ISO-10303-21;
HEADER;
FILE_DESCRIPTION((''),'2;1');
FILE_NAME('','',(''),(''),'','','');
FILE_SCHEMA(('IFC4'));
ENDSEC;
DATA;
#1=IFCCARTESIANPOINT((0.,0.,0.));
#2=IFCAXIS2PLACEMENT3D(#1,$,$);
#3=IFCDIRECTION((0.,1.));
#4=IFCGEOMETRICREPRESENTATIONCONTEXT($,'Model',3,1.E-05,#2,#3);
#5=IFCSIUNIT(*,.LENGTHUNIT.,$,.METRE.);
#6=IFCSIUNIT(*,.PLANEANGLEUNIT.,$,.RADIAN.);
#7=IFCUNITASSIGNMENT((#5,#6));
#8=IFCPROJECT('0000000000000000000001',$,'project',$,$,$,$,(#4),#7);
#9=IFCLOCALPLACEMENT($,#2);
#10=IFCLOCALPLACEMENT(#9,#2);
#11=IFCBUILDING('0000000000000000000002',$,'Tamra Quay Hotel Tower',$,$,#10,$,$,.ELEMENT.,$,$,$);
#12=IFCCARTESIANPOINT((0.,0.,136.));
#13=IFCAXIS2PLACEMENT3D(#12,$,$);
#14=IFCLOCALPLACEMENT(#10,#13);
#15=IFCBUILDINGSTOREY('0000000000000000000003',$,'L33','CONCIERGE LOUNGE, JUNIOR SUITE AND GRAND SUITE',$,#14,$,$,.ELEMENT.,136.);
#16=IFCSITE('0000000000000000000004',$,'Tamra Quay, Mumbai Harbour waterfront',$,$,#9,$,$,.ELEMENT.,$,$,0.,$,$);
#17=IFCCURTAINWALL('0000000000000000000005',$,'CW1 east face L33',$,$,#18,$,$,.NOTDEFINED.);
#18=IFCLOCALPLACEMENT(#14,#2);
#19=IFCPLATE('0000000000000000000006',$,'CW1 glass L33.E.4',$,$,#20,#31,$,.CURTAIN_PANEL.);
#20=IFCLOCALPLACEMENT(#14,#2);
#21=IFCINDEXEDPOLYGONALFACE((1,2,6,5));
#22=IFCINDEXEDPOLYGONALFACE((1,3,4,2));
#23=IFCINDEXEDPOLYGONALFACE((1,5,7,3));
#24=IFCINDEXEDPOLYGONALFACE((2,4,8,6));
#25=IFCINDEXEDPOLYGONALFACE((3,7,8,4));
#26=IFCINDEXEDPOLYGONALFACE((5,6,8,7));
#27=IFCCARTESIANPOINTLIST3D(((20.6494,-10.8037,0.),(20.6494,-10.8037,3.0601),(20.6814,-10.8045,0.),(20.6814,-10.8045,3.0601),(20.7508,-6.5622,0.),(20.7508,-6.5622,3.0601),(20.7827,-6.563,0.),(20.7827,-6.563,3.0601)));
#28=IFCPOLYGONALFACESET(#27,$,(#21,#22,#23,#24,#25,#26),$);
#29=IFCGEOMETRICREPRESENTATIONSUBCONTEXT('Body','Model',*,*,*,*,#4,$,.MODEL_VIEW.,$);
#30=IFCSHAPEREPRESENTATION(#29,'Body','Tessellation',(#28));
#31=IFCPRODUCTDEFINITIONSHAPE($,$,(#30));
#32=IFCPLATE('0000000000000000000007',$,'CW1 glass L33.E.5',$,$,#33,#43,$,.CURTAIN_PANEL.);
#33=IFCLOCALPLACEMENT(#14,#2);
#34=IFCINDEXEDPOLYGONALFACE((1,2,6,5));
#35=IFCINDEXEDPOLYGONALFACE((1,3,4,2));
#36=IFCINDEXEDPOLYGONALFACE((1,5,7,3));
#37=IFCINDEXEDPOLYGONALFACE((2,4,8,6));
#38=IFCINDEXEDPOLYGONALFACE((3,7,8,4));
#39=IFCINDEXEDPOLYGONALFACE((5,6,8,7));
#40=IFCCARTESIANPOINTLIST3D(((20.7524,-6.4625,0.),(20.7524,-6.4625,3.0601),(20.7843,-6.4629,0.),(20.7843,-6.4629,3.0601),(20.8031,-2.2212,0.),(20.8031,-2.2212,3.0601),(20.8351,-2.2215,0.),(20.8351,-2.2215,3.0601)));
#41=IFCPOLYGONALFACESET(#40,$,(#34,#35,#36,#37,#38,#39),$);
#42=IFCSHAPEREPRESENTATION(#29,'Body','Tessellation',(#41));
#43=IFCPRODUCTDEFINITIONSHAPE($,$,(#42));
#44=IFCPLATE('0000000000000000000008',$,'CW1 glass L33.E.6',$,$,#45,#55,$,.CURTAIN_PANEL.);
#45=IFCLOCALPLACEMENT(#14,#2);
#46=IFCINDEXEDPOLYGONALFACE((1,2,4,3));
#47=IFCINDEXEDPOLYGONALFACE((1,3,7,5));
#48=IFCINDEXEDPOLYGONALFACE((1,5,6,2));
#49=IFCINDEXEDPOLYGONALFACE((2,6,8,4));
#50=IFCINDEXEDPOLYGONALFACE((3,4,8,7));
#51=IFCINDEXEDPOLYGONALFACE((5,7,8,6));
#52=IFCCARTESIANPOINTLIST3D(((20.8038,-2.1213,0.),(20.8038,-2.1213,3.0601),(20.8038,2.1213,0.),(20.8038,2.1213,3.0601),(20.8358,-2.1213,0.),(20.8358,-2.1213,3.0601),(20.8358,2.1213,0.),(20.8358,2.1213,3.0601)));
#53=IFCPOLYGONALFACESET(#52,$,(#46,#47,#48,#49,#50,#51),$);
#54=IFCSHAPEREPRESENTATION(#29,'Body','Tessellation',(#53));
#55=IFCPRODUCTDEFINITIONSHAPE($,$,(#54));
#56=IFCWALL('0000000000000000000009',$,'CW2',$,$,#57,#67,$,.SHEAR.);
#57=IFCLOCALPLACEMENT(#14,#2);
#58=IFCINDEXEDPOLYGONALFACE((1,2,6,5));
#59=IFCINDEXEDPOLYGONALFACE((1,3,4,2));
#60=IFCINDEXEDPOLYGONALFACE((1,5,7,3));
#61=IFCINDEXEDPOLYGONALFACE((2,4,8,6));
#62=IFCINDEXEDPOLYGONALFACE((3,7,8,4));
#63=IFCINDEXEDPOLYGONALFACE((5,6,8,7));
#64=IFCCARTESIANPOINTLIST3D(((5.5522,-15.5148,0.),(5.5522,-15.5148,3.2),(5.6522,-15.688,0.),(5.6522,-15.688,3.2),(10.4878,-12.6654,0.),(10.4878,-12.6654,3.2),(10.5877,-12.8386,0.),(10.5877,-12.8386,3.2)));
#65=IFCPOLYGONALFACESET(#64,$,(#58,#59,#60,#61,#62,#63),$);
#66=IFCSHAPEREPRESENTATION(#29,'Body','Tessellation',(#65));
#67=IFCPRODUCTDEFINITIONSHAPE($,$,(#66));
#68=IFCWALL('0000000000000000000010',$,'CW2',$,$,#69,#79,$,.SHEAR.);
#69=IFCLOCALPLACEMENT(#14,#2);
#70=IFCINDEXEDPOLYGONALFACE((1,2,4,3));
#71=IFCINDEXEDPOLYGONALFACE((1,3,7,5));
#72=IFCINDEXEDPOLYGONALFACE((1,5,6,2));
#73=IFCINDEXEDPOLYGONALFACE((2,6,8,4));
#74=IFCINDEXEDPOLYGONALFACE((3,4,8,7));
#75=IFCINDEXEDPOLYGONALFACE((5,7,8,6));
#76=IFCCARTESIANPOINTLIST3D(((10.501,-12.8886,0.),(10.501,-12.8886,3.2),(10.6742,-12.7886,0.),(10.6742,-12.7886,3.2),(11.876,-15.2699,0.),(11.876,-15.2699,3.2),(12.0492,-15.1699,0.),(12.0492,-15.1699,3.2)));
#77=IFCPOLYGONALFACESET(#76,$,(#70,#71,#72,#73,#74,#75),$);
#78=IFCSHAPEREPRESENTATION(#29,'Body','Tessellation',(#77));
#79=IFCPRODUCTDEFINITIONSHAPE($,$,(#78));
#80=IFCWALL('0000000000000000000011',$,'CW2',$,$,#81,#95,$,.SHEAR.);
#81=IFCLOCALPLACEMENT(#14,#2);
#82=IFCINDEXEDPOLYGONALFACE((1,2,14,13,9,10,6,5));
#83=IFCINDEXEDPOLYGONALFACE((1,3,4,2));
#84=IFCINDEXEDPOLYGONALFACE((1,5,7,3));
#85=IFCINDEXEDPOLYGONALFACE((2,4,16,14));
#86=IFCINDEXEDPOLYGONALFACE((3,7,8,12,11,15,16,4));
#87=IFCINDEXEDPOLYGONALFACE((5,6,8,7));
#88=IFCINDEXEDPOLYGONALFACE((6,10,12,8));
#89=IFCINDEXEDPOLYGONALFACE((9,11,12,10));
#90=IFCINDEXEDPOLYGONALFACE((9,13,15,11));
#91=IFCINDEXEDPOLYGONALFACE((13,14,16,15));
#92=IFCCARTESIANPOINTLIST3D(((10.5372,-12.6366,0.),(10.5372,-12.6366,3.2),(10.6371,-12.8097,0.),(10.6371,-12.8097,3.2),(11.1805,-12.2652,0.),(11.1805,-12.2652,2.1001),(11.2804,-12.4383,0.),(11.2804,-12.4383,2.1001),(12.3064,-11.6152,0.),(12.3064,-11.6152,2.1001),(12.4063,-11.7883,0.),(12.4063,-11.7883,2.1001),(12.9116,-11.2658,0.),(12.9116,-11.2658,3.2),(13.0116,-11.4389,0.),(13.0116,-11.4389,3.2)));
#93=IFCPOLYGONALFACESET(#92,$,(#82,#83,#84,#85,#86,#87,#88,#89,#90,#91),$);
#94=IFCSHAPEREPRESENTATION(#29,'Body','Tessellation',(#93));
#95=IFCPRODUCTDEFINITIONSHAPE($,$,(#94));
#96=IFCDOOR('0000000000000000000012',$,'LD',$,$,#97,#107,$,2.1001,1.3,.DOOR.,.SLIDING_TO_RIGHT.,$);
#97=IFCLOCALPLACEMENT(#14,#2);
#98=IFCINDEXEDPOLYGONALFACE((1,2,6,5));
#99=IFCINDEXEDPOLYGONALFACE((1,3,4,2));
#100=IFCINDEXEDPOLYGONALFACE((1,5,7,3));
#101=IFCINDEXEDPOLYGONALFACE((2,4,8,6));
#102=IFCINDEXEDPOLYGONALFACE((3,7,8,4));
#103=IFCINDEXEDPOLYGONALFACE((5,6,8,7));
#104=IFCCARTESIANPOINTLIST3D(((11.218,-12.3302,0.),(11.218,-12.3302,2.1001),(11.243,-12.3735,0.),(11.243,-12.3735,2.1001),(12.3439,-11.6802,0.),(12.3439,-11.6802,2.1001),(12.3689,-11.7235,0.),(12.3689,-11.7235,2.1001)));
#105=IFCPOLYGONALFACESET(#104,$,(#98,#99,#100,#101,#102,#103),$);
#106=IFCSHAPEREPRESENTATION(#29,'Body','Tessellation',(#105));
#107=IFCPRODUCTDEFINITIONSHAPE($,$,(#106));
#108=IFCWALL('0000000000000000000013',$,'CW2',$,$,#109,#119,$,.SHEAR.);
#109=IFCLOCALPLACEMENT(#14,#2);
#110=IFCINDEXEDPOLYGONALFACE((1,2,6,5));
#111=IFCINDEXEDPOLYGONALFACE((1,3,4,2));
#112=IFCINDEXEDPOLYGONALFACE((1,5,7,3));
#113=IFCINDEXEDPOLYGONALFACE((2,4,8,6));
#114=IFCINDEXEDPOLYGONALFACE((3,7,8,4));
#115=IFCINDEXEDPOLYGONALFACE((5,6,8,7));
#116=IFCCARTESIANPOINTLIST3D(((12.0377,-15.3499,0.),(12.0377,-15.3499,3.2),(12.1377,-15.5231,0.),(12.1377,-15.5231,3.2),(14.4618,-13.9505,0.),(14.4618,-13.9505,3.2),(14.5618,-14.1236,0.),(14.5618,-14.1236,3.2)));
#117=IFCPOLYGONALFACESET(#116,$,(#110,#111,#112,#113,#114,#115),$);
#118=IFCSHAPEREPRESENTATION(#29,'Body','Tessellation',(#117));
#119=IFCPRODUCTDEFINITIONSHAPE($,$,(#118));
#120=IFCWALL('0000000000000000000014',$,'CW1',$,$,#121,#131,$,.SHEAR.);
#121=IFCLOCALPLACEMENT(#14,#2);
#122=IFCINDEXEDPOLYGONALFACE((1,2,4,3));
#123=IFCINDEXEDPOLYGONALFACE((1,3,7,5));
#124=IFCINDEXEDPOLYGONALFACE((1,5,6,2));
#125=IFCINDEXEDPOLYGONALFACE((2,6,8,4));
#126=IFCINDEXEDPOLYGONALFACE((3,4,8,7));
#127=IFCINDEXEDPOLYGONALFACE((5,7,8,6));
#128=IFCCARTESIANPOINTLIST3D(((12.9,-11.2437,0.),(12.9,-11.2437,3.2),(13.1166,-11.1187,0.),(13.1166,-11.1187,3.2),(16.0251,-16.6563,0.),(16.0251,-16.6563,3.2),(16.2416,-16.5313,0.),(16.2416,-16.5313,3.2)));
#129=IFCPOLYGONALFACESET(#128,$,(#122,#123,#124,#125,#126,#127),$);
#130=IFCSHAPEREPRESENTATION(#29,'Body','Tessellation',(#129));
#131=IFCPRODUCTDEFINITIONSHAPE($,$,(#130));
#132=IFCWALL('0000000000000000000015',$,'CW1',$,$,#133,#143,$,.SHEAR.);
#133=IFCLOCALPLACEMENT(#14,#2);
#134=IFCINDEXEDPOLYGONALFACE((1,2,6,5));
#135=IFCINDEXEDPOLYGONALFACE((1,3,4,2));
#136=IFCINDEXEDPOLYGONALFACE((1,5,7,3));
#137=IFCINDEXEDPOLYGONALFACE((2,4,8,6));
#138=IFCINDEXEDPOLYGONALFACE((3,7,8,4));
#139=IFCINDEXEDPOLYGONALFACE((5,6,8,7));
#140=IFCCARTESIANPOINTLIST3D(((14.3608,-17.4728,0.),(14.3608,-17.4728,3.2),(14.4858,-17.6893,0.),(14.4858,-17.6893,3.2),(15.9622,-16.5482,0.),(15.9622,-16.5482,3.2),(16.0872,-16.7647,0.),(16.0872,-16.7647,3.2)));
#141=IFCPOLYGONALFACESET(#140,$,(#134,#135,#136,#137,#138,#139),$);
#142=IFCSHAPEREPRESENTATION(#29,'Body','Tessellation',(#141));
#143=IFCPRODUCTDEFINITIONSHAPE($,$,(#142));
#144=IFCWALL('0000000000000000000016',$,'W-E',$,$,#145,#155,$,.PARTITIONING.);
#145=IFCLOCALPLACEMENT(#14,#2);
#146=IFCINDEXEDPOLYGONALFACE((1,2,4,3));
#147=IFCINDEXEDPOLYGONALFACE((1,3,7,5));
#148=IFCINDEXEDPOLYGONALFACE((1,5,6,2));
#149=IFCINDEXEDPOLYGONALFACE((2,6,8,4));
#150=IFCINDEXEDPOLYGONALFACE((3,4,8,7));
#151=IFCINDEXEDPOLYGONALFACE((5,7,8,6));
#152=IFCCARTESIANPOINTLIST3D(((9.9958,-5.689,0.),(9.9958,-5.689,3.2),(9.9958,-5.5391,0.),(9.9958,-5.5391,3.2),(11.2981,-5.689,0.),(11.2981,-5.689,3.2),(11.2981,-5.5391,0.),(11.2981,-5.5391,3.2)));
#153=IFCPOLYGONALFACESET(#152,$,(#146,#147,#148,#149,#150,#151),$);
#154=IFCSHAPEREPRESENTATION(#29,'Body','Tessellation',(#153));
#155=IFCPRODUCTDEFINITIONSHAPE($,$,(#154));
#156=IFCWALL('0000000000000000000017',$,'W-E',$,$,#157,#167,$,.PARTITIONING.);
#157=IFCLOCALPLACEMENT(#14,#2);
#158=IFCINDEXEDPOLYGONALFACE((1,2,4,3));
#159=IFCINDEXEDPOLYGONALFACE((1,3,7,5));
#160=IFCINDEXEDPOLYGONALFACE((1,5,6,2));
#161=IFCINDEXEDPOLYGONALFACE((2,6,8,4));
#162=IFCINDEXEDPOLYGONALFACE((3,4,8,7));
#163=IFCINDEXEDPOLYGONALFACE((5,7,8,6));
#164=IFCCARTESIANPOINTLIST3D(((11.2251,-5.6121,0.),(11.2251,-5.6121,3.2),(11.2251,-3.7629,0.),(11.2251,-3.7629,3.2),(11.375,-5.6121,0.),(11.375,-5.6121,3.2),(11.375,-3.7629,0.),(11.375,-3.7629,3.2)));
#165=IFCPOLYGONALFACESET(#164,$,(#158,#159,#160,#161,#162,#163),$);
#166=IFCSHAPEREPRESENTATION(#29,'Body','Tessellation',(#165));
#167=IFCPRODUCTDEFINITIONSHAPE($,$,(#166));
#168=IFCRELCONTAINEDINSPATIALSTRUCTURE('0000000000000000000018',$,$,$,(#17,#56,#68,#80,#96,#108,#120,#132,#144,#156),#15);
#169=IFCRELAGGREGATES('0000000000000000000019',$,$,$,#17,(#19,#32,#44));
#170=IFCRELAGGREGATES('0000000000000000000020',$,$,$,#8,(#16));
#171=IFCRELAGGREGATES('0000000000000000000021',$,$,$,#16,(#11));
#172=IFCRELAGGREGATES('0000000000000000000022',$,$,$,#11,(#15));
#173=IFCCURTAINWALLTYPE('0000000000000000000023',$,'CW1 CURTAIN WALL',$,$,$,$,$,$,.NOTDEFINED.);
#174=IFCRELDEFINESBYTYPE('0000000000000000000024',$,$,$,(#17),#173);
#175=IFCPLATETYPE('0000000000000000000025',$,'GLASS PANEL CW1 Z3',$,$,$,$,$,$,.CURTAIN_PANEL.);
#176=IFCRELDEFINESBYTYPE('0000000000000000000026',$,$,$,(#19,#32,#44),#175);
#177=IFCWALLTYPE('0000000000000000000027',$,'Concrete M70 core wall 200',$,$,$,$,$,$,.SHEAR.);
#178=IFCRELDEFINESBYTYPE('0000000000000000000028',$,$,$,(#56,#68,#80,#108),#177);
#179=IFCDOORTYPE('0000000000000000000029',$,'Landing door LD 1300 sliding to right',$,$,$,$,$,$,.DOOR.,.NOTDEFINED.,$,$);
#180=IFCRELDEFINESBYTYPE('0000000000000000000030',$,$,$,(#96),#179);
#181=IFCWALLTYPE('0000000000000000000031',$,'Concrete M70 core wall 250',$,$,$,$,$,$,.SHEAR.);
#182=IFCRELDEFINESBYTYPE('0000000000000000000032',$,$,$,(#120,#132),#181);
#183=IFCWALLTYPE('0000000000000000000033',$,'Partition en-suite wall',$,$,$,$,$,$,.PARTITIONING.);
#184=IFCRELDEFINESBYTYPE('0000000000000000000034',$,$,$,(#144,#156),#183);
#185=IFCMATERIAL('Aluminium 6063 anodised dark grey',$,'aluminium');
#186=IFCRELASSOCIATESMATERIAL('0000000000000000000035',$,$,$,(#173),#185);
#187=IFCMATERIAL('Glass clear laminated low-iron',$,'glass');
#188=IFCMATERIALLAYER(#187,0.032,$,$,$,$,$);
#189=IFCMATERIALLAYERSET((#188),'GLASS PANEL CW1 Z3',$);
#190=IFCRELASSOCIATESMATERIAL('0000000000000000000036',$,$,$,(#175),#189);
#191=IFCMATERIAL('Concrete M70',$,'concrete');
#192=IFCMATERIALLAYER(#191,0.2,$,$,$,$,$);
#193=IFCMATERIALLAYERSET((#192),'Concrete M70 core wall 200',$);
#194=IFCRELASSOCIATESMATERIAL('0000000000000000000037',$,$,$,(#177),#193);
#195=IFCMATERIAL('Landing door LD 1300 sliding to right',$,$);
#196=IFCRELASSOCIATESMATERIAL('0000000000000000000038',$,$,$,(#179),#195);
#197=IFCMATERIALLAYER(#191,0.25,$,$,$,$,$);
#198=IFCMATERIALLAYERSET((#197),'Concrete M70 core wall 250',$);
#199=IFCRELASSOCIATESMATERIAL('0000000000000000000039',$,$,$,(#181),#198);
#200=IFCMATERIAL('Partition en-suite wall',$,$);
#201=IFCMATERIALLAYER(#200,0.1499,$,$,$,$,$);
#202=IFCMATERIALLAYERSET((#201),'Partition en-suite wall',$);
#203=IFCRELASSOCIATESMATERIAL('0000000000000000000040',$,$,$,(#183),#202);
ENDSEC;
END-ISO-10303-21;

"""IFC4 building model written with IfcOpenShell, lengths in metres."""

from ifc_helpers import new_model, si_unit, direction, frame, frame_2d, origin, origin_2d, place, context, subcontext, project, spatial, rectangle, extrude, material, layer, layer_set, type_object, element, fill, aggregate, save


model = new_model("IFC4")

# Units and contexts
model_context = context("Model", 3, precision=1e-05, world=origin(), true_north=direction((0.0, 1.0)))
body_context = subcontext(model_context, "Body", "Model", "MODEL_VIEW")
ifc_project = project(units=[si_unit("LENGTHUNIT", "METRE"), si_unit("PLANEANGLEUNIT", "RADIAN")], contexts=[model_context])

# Site, building, storey
site_placement = place(None, origin())
site = spatial("IfcSite", under=ifc_project, at=site_placement, Name="Tamra Quay, Mumbai Harbour waterfront", CompositionType="ELEMENT", RefElevation=0.0)
building_placement = place(site_placement, origin())
building = spatial("IfcBuilding", under=site, at=building_placement, Name="Tamra Quay Hotel Tower", CompositionType="ELEMENT")
storey_placement = place(building_placement, frame((0.0, 0.0, 136.0)))
storey = spatial("IfcBuildingStorey", under=building, at=storey_placement, Name="L33", Description="CONCIERGE LOUNGE, JUNIOR SUITE AND GRAND SUITE", CompositionType="ELEMENT", Elevation=136.0)

# Shared definitions
ifc_material_1 = material(Name="Concrete M70", Category="concrete")

# Curtain wall
ifc_material_2 = material(Name="Aluminium 6063 anodised dark grey", Category="aluminium")
curtain_wall_type = type_object("IfcCurtainWallType", Name="CW1 CURTAIN WALL", PredefinedType="NOTDEFINED", material=ifc_material_2)
curtain_wall_placement = place(storey_placement, origin())
curtain_wall = element("IfcCurtainWall", 1, at=curtain_wall_placement, inside=storey, type_object=curtain_wall_type, Name="CW1 east face L33", PredefinedType="NOTDEFINED")

# Plates
ifc_material_3 = material(Name="Glass clear laminated low-iron", Category="glass")
ifc_layer_1 = layer(ifc_material_3, 0.032)
ifc_layer_set_1 = layer_set([ifc_layer_1], Name="GLASS PANEL CW1 Z3")
plate_type = type_object("IfcPlateType", Name="GLASS PANEL CW1 Z3", PredefinedType="CURTAIN_PANEL", material=ifc_layer_set_1)
plate_1_placement = place(storey_placement, frame((20.7161, -8.6833, 0.0), z_axis=(0.0, 0.0, 1.0), x_axis=(0.023896, 0.999714, 0.0)))
plate_1 = element("IfcPlate", 2, at=plate_1_placement, type_object=plate_type, Name="CW1 glass L33.E.4", PredefinedType="CURTAIN_PANEL", context=body_context, shape_type="SweptSolid", body=[
    extrude(rectangle(XDim=4.2427, YDim=0.032, at=origin_2d()), origin(), (0.0, 0.0, 1.0), 3.0601),
])
plate_2_placement = place(storey_placement, frame((20.7937, -4.342, 0.0), z_axis=(0.0, 0.0, 1.0), x_axis=(0.011957, 0.999929, 0.0)))
plate_2 = element("IfcPlate", 3, at=plate_2_placement, type_object=plate_type, Name="CW1 glass L33.E.5", PredefinedType="CURTAIN_PANEL", context=body_context, shape_type="SweptSolid", body=[
    extrude(rectangle(XDim=4.2417, YDim=0.032, at=origin_2d()), origin(), (0.0, 0.0, 1.0), 3.0601),
])
plate_3_placement = place(storey_placement, frame((20.8198, 0.0, 0.0), z_axis=(0.0, 0.0, 1.0), x_axis=(0.0, 1.0, 0.0)))
plate_3 = element("IfcPlate", 4, at=plate_3_placement, type_object=plate_type, Name="CW1 glass L33.E.6", PredefinedType="CURTAIN_PANEL", context=body_context, shape_type="SweptSolid", body=[
    extrude(rectangle(XDim=4.2427, YDim=0.032, at=origin_2d()), origin(), (0.0, 0.0, 1.0), 3.0601),
])
aggregate(curtain_wall, [plate_1, plate_2, plate_3])

# Walls
ifc_layer_2 = layer(ifc_material_1, 0.2)
ifc_layer_set_2 = layer_set([ifc_layer_2], Name="Concrete M70 core wall 200")
wall_type_1 = type_object("IfcWallType", Name="Concrete M70 core wall 200", PredefinedType="SHEAR", material=ifc_layer_set_2)
wall_1_placement = place(storey_placement, frame((10.5378, -12.752, 0.0), z_axis=(0.0, 0.0, 1.0), x_axis=(-0.866039, -0.499977, 0.0)))
element("IfcWall", 5, at=wall_1_placement, inside=storey, type_object=wall_type_1, Name="CW2", PredefinedType="SHEAR", context=body_context, shape_type="SweptSolid", body=[
    extrude(rectangle(XDim=5.699, YDim=0.2, at=frame_2d((2.8496, 0.0))), origin(), (0.0, 0.0, 1.0), 3.2),
])
wall_2_placement = place(storey_placement, frame((11.9626, -15.22, 0.0), z_axis=(0.0, 0.0, 1.0), x_axis=(-0.500035, 0.866005, 0.0)))
element("IfcWall", 6, at=wall_2_placement, inside=storey, type_object=wall_type_1, Name="CW2", PredefinedType="SHEAR", context=body_context, shape_type="SweptSolid", body=[
    extrude(rectangle(XDim=2.7498, YDim=0.2, at=frame_2d((1.375, 0.0))), origin(), (0.0, 0.0, 1.0), 3.2),
])

# Wall, opening, door
wall_3_placement = place(storey_placement, frame((10.5872, -12.7231, 0.0), z_axis=(0.0, 0.0, 1.0), x_axis=(0.866037, 0.499979, 0.0)))
wall_3 = element("IfcWall", 7, at=wall_3_placement, inside=storey, type_object=wall_type_1, Name="CW2", PredefinedType="SHEAR", context=body_context, shape_type="SweptSolid", body=[
    extrude(rectangle(XDim=2.7417, YDim=0.2, at=frame_2d((1.3708, 0.0))), origin(), (0.0, 0.0, 1.0), 3.2),
])
opening_placement = place(wall_3_placement, frame((0.7429, 0.0, 0.0)))
opening = element("IfcOpeningElement", 8, at=opening_placement, cuts=wall_3, PredefinedType="OPENING", context=body_context, shape_type="SweptSolid", body=[
    extrude(rectangle(XDim=1.3, YDim=2.1001, at=frame_2d((0.6499, 1.05))), frame((0.0, 0.1099, 0.0), z_axis=(0.0, -1.0, 0.0), x_axis=(1.0, 0.0, 0.0)), (0.0, 0.0, 1.0), 0.22),
])
ifc_material_4 = material(Name="Landing door LD 1300 sliding to right")
door_type = type_object("IfcDoorType", Name="Landing door LD 1300 sliding to right", OperationType="NOTDEFINED", PredefinedType="DOOR", material=ifc_material_4)
door_placement = place(opening_placement, origin())
door = element("IfcDoor", 9, at=door_placement, inside=storey, type_object=door_type, Name="LD", OperationType="SLIDING_TO_RIGHT", OverallHeight=2.1001, OverallWidth=1.3, PredefinedType="DOOR", context=body_context, shape_type="SweptSolid", body=[
    extrude(rectangle(XDim=1.3, YDim=2.1001, at=frame_2d((0.6499, 1.05))), frame((0.0, 0.0249, 0.0), z_axis=(0.0, -1.0, 0.0), x_axis=(1.0, 0.0, 0.0)), (0.0, 0.0, 1.0), 0.05),
])
fill(opening, door)

# Walls
wall_4_placement = place(storey_placement, frame((14.5117, -14.0371, 0.0), z_axis=(0.0, 0.0, 1.0), x_axis=(-0.866045, -0.499967, 0.0)))
element("IfcWall", 10, at=wall_4_placement, inside=storey, type_object=wall_type_1, Name="CW2", PredefinedType="SHEAR", context=body_context, shape_type="SweptSolid", body=[
    extrude(rectangle(XDim=2.7991, YDim=0.2, at=frame_2d((1.3994, 0.0))), origin(), (0.0, 0.0, 1.0), 3.2),
])
ifc_layer_3 = layer(ifc_material_1, 0.25)
ifc_layer_set_3 = layer_set([ifc_layer_3], Name="Concrete M70 core wall 250")
wall_type_2 = type_object("IfcWallType", Name="Concrete M70 core wall 250", PredefinedType="SHEAR", material=ifc_layer_set_3)
wall_5_placement = place(storey_placement, frame((13.0083, -11.1812, 0.0), z_axis=(0.0, 0.0, 1.0), x_axis=(0.500004, -0.866023, 0.0)))
element("IfcWall", 11, at=wall_5_placement, inside=storey, type_object=wall_type_2, Name="CW1", PredefinedType="SHEAR", context=body_context, shape_type="SweptSolid", body=[
    extrude(rectangle(XDim=6.25, YDim=0.25, at=frame_2d((3.125, 0.0))), origin(), (0.0, 0.0, 1.0), 3.2),
])
wall_6_placement = place(storey_placement, frame((16.0247, -16.6565, 0.0), z_axis=(0.0, 0.0, 1.0), x_axis=(-0.866016, -0.500016, 0.0)))
element("IfcWall", 12, at=wall_6_placement, inside=storey, type_object=wall_type_2, Name="CW1", PredefinedType="SHEAR", context=body_context, shape_type="SweptSolid", body=[
    extrude(rectangle(XDim=1.8491, YDim=0.25, at=frame_2d((0.9246, 0.0))), origin(), (0.0, 0.0, 1.0), 3.2),
])
ifc_material_5 = material(Name="Partition en-suite wall")
ifc_layer_4 = layer(ifc_material_5, 0.1499)
ifc_layer_set_4 = layer_set([ifc_layer_4], Name="Partition en-suite wall")
wall_type_3 = type_object("IfcWallType", Name="Partition en-suite wall", PredefinedType="PARTITIONING", material=ifc_layer_set_4)
wall_7_placement = place(storey_placement, frame((11.2981, -5.614, 0.0), z_axis=(0.0, 0.0, 1.0), x_axis=(-1.0, 0.0, 0.0)))
element("IfcWall", 13, at=wall_7_placement, inside=storey, type_object=wall_type_3, Name="W-E", PredefinedType="PARTITIONING", context=body_context, shape_type="SweptSolid", body=[
    extrude(rectangle(XDim=1.3022, YDim=0.1499, at=frame_2d((0.6511, 0.0))), origin(), (0.0, 0.0, 1.0), 3.2),
])
wall_8_placement = place(storey_placement, frame((11.3, -5.6121, 0.0), z_axis=(0.0, 0.0, 1.0), x_axis=(0.0, 1.0, 0.0)))
element("IfcWall", 14, at=wall_8_placement, inside=storey, type_object=wall_type_3, Name="W-E", PredefinedType="PARTITIONING", context=body_context, shape_type="SweptSolid", body=[
    extrude(rectangle(XDim=1.8491, YDim=0.1499, at=frame_2d((0.9246, 0.0))), origin(), (0.0, 0.0, 1.0), 3.2),
])

save(model, "model.ifc")
